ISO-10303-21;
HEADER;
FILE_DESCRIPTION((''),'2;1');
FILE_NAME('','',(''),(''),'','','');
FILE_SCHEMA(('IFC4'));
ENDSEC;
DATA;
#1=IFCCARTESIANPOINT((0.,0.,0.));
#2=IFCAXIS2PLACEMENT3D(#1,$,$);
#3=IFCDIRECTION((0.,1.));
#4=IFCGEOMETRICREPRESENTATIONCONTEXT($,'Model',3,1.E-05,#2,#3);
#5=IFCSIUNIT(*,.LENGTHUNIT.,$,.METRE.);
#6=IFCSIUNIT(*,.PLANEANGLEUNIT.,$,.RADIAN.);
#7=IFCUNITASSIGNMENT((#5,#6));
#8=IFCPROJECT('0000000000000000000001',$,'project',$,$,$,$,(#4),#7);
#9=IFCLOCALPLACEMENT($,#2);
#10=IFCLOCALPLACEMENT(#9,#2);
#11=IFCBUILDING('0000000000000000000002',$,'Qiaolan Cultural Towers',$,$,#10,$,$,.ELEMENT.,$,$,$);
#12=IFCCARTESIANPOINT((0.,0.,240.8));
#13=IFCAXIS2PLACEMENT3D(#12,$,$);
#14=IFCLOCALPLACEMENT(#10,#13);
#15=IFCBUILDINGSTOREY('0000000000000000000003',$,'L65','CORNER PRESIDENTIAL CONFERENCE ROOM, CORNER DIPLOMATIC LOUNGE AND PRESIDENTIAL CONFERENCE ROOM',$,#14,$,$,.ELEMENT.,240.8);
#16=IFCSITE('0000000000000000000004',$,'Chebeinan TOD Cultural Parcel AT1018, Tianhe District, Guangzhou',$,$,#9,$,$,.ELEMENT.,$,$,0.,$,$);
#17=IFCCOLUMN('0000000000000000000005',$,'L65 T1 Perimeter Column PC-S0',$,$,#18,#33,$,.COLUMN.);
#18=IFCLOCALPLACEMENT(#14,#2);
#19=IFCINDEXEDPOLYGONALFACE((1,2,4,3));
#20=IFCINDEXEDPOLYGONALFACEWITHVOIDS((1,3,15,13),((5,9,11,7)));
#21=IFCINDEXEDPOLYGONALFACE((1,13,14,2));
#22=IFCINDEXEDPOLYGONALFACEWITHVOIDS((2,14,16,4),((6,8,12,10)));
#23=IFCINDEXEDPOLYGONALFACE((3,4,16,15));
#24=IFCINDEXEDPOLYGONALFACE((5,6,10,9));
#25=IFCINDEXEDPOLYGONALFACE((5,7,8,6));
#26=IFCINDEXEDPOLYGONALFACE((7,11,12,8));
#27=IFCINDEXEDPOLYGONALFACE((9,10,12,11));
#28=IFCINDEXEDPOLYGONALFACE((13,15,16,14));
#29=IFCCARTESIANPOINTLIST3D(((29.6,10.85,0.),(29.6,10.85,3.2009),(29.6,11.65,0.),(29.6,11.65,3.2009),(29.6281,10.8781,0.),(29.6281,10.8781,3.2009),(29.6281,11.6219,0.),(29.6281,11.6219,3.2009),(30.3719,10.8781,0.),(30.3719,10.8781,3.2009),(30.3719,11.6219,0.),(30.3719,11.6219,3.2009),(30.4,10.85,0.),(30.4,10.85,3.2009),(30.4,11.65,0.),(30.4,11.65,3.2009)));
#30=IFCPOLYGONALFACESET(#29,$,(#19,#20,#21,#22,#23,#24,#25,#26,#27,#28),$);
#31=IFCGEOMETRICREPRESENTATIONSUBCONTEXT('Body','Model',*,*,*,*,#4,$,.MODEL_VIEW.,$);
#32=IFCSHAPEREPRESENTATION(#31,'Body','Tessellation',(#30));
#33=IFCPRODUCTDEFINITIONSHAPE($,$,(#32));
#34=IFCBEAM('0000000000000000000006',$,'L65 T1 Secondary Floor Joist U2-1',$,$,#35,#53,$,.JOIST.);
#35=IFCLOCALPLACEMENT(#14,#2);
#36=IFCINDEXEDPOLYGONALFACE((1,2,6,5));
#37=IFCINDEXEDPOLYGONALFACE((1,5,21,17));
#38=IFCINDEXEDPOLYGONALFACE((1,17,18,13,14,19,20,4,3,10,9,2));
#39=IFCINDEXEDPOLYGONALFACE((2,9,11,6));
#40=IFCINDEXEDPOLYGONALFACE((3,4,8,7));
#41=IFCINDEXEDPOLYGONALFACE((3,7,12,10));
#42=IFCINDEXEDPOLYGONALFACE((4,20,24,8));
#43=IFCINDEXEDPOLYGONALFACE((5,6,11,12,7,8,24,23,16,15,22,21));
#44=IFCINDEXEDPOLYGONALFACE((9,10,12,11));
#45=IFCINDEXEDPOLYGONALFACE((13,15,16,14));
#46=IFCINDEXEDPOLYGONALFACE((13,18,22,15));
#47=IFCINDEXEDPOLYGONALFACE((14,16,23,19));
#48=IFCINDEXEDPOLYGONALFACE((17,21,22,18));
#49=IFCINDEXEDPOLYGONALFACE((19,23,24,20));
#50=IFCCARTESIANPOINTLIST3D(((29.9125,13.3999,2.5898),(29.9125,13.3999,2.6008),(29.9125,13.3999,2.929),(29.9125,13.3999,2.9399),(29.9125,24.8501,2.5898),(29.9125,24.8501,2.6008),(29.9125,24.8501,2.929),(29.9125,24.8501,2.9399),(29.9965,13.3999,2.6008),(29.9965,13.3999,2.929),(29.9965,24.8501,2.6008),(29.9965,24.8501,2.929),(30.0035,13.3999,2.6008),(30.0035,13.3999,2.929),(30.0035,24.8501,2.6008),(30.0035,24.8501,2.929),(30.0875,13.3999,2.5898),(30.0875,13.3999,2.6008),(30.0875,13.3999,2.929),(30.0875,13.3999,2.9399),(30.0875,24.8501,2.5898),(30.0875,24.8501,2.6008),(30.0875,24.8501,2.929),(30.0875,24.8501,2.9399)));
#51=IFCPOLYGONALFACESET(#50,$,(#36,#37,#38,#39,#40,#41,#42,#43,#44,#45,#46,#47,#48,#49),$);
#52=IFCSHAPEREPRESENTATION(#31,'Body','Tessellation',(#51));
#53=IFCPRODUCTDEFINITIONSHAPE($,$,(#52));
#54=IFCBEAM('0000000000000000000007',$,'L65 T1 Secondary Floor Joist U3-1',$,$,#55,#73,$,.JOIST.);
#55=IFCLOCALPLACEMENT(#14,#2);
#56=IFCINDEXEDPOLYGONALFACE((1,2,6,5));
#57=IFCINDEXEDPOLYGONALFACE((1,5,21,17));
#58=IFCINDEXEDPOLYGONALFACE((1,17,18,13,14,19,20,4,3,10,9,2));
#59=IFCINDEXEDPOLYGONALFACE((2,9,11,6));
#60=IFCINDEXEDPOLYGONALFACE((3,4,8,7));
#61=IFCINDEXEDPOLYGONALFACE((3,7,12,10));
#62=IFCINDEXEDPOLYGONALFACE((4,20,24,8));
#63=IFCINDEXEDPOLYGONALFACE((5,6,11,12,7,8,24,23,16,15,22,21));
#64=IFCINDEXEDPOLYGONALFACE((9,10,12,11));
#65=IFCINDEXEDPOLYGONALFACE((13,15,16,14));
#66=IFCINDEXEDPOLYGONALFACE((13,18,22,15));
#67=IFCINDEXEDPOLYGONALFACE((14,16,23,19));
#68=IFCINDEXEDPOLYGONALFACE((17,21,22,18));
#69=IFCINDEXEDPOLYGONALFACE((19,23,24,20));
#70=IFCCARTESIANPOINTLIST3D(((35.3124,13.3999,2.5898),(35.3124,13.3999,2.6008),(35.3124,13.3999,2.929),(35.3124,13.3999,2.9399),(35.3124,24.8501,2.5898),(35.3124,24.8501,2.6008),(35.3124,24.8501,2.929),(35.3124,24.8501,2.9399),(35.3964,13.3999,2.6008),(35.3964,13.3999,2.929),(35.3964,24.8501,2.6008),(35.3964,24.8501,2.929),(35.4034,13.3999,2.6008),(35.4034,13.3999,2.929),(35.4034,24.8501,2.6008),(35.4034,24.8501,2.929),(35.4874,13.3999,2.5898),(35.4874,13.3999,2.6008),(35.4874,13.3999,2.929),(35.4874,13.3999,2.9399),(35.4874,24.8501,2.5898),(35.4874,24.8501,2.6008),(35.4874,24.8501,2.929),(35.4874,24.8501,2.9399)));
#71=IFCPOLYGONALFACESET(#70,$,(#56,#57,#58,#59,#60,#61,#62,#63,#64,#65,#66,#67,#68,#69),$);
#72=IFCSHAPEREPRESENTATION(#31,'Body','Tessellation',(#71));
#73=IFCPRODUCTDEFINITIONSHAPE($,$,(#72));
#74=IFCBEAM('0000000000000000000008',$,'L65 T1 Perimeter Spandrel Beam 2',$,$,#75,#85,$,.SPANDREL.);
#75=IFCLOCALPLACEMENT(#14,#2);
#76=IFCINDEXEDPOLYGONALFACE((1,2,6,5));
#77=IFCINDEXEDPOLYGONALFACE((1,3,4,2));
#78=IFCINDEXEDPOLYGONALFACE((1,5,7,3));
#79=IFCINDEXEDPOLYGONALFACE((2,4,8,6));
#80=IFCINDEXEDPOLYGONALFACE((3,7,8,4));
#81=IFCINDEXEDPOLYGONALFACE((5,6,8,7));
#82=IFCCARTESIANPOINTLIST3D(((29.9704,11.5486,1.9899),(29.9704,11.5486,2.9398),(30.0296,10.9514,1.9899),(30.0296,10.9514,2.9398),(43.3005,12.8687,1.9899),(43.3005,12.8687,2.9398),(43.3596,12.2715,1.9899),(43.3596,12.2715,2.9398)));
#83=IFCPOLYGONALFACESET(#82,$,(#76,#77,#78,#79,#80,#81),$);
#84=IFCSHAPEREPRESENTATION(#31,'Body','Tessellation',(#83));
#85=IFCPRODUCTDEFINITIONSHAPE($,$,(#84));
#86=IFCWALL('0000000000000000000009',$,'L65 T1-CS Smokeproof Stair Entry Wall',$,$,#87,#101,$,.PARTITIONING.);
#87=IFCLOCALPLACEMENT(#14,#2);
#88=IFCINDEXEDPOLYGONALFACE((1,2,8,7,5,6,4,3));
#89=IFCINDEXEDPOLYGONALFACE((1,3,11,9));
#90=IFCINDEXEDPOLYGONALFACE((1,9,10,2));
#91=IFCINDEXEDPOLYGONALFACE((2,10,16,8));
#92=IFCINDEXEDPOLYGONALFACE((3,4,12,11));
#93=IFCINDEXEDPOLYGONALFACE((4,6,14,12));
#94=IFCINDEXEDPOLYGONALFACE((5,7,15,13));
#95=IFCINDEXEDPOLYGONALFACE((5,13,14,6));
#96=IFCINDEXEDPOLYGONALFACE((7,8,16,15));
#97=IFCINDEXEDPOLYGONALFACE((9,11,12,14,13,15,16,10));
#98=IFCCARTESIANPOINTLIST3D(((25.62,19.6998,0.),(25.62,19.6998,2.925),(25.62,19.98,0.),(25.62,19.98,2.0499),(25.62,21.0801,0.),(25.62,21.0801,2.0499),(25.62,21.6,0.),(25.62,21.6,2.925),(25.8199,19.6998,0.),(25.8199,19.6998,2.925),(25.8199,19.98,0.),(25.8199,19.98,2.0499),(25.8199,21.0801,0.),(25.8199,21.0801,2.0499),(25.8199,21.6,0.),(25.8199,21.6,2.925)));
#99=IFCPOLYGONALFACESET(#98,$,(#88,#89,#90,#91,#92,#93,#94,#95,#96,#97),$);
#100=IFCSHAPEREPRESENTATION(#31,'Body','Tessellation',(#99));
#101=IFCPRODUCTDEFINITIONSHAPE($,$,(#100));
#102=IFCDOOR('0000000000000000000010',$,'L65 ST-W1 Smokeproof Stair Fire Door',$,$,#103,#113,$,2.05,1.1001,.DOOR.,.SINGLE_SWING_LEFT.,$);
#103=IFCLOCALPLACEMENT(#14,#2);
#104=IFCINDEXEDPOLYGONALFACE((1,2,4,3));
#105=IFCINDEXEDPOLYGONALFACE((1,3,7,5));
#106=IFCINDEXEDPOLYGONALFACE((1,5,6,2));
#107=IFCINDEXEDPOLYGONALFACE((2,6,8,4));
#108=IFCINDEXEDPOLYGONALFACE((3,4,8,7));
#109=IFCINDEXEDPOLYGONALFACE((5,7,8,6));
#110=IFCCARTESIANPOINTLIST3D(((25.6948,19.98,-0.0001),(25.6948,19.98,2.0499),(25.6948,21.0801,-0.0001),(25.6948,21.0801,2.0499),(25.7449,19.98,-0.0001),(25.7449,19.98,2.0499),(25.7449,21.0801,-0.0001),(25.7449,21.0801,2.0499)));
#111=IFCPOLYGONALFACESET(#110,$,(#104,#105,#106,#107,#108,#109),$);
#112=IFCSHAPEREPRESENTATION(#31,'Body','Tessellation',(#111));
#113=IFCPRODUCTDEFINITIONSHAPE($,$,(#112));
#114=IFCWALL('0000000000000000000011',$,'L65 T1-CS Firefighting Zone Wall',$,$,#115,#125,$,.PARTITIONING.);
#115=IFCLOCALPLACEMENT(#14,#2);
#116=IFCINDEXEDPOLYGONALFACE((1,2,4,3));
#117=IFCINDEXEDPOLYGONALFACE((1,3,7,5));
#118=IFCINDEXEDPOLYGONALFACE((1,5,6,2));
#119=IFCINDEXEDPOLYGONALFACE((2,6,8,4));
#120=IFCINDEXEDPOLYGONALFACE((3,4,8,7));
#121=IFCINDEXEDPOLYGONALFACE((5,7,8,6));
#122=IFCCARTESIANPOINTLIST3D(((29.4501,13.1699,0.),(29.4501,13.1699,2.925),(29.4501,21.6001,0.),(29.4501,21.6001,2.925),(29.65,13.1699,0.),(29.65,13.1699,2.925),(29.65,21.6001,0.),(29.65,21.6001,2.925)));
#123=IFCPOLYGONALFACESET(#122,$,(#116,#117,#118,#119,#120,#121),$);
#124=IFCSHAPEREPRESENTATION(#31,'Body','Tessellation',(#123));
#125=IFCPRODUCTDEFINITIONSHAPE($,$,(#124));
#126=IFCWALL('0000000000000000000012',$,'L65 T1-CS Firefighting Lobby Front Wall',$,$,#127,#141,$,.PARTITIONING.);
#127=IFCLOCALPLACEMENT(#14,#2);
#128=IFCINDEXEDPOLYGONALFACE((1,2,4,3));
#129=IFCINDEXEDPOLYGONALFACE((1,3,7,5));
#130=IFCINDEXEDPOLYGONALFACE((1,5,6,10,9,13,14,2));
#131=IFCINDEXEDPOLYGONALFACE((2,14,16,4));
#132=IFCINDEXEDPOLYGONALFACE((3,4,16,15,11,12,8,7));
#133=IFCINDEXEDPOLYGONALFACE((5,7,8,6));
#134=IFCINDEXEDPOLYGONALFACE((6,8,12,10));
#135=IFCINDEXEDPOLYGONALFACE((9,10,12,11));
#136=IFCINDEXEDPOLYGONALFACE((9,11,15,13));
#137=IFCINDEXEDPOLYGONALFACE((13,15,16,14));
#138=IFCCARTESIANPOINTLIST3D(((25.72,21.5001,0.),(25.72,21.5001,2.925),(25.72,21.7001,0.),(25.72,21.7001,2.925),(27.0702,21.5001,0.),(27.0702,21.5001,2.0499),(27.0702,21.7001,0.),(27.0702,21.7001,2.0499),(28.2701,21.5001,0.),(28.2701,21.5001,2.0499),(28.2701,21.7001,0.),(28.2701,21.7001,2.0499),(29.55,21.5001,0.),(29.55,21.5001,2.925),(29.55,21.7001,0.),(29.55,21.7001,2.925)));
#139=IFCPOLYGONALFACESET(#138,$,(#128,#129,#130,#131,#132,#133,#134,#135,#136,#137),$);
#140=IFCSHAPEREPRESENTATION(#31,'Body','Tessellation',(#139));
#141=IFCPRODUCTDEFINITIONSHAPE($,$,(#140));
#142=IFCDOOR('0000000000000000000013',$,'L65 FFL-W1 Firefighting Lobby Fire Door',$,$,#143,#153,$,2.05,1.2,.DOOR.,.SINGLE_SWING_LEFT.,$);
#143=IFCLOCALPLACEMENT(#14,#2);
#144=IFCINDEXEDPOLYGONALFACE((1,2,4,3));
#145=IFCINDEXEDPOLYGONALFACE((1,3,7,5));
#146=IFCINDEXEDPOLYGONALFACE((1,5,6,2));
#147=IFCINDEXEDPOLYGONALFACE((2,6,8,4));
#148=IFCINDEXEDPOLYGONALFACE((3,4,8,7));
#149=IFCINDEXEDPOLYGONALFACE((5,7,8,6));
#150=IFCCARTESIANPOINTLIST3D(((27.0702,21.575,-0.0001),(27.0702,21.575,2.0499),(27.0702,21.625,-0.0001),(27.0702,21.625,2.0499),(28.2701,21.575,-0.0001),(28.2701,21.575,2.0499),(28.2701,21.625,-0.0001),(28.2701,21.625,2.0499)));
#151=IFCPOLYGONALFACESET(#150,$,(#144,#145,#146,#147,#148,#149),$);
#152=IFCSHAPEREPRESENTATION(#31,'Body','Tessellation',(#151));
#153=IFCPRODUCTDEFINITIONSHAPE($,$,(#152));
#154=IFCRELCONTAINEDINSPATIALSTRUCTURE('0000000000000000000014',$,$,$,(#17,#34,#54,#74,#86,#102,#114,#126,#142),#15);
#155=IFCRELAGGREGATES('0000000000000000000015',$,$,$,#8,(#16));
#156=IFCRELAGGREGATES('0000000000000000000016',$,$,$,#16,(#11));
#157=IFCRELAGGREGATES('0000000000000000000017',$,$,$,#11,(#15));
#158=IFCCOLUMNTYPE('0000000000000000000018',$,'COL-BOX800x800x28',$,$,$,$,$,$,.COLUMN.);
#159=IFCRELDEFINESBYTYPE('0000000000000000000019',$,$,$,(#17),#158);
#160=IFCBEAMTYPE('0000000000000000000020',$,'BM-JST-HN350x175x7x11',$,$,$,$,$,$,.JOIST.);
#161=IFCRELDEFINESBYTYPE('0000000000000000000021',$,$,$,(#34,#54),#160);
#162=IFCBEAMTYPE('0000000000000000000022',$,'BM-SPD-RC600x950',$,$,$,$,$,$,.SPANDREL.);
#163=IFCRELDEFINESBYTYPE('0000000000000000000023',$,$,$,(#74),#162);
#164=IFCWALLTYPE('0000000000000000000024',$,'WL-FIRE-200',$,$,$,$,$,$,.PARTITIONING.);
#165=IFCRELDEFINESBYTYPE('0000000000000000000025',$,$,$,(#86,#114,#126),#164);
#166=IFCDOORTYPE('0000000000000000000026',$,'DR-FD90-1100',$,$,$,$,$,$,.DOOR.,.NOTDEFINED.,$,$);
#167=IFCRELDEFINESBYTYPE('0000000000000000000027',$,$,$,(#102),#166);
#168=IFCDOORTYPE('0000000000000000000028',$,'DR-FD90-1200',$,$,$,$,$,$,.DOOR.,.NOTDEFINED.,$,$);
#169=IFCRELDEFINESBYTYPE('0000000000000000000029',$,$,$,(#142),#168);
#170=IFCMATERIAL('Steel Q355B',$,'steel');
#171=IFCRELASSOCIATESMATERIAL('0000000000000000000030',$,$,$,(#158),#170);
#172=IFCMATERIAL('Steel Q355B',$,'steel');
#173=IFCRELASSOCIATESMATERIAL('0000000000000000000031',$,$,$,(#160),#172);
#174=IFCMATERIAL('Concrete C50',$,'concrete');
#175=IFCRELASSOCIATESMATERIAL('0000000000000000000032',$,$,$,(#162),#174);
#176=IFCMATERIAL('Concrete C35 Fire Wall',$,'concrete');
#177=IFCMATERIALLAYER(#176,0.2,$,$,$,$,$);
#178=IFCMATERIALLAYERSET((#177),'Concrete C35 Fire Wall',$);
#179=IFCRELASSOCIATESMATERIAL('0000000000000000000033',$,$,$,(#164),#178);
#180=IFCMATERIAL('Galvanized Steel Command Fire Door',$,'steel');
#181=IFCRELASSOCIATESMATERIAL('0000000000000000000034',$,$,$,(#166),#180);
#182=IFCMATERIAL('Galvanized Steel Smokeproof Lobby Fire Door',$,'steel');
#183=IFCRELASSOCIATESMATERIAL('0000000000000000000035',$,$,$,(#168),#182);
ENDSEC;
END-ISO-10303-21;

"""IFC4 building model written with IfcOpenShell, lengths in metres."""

from ifc_helpers import new_model, si_unit, direction, frame, frame_2d, origin, origin_2d, place, context, subcontext, project, spatial, rectangle, hollow_rectangle, i_section, extrude, material, layer, layer_set, material_profile, profile_set, type_object, element, fill, save


model = new_model("IFC4")

# Units and contexts
model_context = context("Model", 3, precision=1e-05, world=origin(), true_north=direction((0.0, 1.0)))
body_context = subcontext(model_context, "Body", "Model", "MODEL_VIEW")
ifc_project = project(units=[si_unit("LENGTHUNIT", "METRE"), si_unit("PLANEANGLEUNIT", "RADIAN")], contexts=[model_context])

# Site, building, storey
site_placement = place(None, origin())
site = spatial("IfcSite", under=ifc_project, at=site_placement, Name="Chebeinan TOD Cultural Parcel AT1018, Tianhe District, Guangzhou", CompositionType="ELEMENT", RefElevation=0.0)
building_placement = place(site_placement, origin())
building = spatial("IfcBuilding", under=site, at=building_placement, Name="Qiaolan Cultural Towers", CompositionType="ELEMENT")
storey_placement = place(building_placement, frame((0.0, 0.0, 240.8)))
storey = spatial("IfcBuildingStorey", under=building, at=storey_placement, Name="L65", Description="CORNER PRESIDENTIAL CONFERENCE ROOM, CORNER DIPLOMATIC LOUNGE AND PRESIDENTIAL CONFERENCE ROOM", CompositionType="ELEMENT", Elevation=240.8)

# Column
ifc_material_1 = material(Name="Steel Q355B", Category="steel")
ifc_material_profile_1 = material_profile(ifc_material_1, hollow_rectangle(XDim=0.8, YDim=0.8, WallThickness=0.0281, at=origin_2d()), Name="BOX800x800x28")
ifc_profile_set_1 = profile_set([ifc_material_profile_1], Name="Steel Q355B")
column_type = type_object("IfcColumnType", Name="COL-BOX800x800x28", PredefinedType="COLUMN", material=ifc_profile_set_1)
column_placement = place(storey_placement, frame((30.0, 11.25, 0.0), z_axis=(0.0, 0.0, 1.0), x_axis=(1.0, 0.0, 0.0)))
element("IfcColumn", 1, at=column_placement, inside=storey, type_object=column_type, Name="L65 T1 Perimeter Column PC-S0", PredefinedType="COLUMN", context=body_context, shape_type="SweptSolid", body=[
    extrude(hollow_rectangle(XDim=0.8, YDim=0.8, WallThickness=0.0281, at=origin_2d()), origin(), (0.0, 0.0, 1.0), 3.2009),
])

# Beams
ifc_material_2 = material(Name="Steel Q355B", Category="steel")
ifc_material_profile_2 = material_profile(ifc_material_2, i_section(OverallWidth=0.175, OverallDepth=0.3501, WebThickness=0.0071, FlangeThickness=0.011, at=origin_2d()), Name="HN350x175x7x11")
ifc_profile_set_2 = profile_set([ifc_material_profile_2], Name="Steel Q355B")
beam_type_1 = type_object("IfcBeamType", Name="BM-JST-HN350x175x7x11", PredefinedType="JOIST", material=ifc_profile_set_2)
for number, where, z_axis, x_axis, name in (
    (2, (30.0, 13.3999, 2.7649), (0.0, 1.0, 0.0), (-1.0, 0.0, 0.0), "L65 T1 Secondary Floor Joist U2-1"),
    (3, (35.3999, 13.3999, 2.7649), (0.0, 1.0, 0.0), (-1.0, 0.0, 0.0), "L65 T1 Secondary Floor Joist U3-1"),
):
    element("IfcBeam", number, at=place(storey_placement, frame(where, z_axis=z_axis, x_axis=x_axis)), inside=storey, type_object=beam_type_1, Name=name, PredefinedType="JOIST", context=body_context, shape_type="SweptSolid", body=[
        extrude(i_section(OverallWidth=0.175, OverallDepth=0.3501, WebThickness=0.0071, FlangeThickness=0.011, at=origin_2d()), origin(), (0.0, 0.0, 1.0), 11.4502),
    ])
ifc_material_3 = material(Name="Concrete C50", Category="concrete")
ifc_material_profile_3 = material_profile(ifc_material_3, rectangle(XDim=0.6001, YDim=0.95, at=origin_2d()), Name="RC600x950")
ifc_profile_set_3 = profile_set([ifc_material_profile_3], Name="Concrete C50")
beam_type_2 = type_object("IfcBeamType", Name="BM-SPD-RC600x950", PredefinedType="SPANDREL", material=ifc_profile_set_3)
beam_placement = place(storey_placement, frame((30.0, 11.25, 2.4648), z_axis=(0.995132, 0.098547, 0.0), x_axis=(-0.098547, 0.995132, 0.0)))
element("IfcBeam", 4, at=beam_placement, inside=storey, type_object=beam_type_2, Name="L65 T1 Perimeter Spandrel Beam 2", PredefinedType="SPANDREL", context=body_context, shape_type="SweptSolid", body=[
    extrude(rectangle(XDim=0.6001, YDim=0.95, at=origin_2d()), origin(), (0.0, 0.0, 1.0), 13.3953),
])

# Wall, opening, door
ifc_material_4 = material(Name="Concrete C35 Fire Wall", Category="concrete")
ifc_layer = layer(ifc_material_4, 0.2)
ifc_layer_set = layer_set([ifc_layer], Name="Concrete C35 Fire Wall")
wall_type = type_object("IfcWallType", Name="WL-FIRE-200", PredefinedType="PARTITIONING", material=ifc_layer_set)
wall_1_placement = place(storey_placement, frame((25.72, 21.6001, 0.0), z_axis=(0.0, 0.0, 1.0), x_axis=(0.0, -1.0, 0.0)))
wall_1 = element("IfcWall", 5, at=wall_1_placement, inside=storey, type_object=wall_type, Name="L65 T1-CS Smokeproof Stair Entry Wall", PredefinedType="PARTITIONING", context=body_context, shape_type="SweptSolid", body=[
    extrude(rectangle(XDim=1.9001, YDim=0.2, at=frame_2d((0.9502, 0.0))), origin(), (0.0, 0.0, 1.0), 2.925),
])
opening_1_placement = place(wall_1_placement, frame((0.52, 0.0, 0.0)))
opening_1 = element("IfcOpeningElement", 6, at=opening_1_placement, cuts=wall_1, PredefinedType="OPENING", context=body_context, shape_type="SweptSolid", body=[
    extrude(rectangle(XDim=1.1001, YDim=2.05, at=frame_2d((0.55, 1.0249))), frame((0.0, 0.1099, 0.0), z_axis=(0.0, -1.0, 0.0), x_axis=(1.0, 0.0, 0.0)), (0.0, 0.0, 1.0), 0.22),
])
ifc_material_5 = material(Name="Galvanized Steel Command Fire Door", Category="steel")
door_type_1 = type_object("IfcDoorType", Name="DR-FD90-1100", OperationType="NOTDEFINED", PredefinedType="DOOR", material=ifc_material_5)
door_1_placement = place(opening_1_placement, origin())
door_1 = element("IfcDoor", 7, at=door_1_placement, inside=storey, type_object=door_type_1, Name="L65 ST-W1 Smokeproof Stair Fire Door", OperationType="SINGLE_SWING_LEFT", OverallHeight=2.05, OverallWidth=1.1001, PredefinedType="DOOR", context=body_context, shape_type="SweptSolid", body=[
    extrude(rectangle(XDim=1.1001, YDim=2.05, at=frame_2d((0.55, 1.0249))), frame((0.0, 0.0249, 0.0), z_axis=(0.0, -1.0, 0.0), x_axis=(1.0, 0.0, 0.0)), (0.0, 0.0, 1.0), 0.05),
])
fill(opening_1, door_1)

# Wall
wall_2_placement = place(storey_placement, frame((29.55, 21.6001, 0.0), z_axis=(0.0, 0.0, 1.0), x_axis=(0.0, -1.0, 0.0)))
element("IfcWall", 8, at=wall_2_placement, inside=storey, type_object=wall_type, Name="L65 T1-CS Firefighting Zone Wall", PredefinedType="PARTITIONING", context=body_context, shape_type="SweptSolid", body=[
    extrude(rectangle(XDim=8.4302, YDim=0.2, at=frame_2d((4.2151, 0.0))), origin(), (0.0, 0.0, 1.0), 2.925),
])

# Wall, opening, door
wall_3_placement = place(storey_placement, frame((25.72, 21.6001, 0.0), z_axis=(0.0, 0.0, 1.0), x_axis=(1.0, 0.0, 0.0)))
wall_3 = element("IfcWall", 9, at=wall_3_placement, inside=storey, type_object=wall_type, Name="L65 T1-CS Firefighting Lobby Front Wall", PredefinedType="PARTITIONING", context=body_context, shape_type="SweptSolid", body=[
    extrude(rectangle(XDim=3.8301, YDim=0.2, at=frame_2d((1.915, 0.0))), origin(), (0.0, 0.0, 1.0), 2.925),
])
opening_2_placement = place(wall_3_placement, frame((1.3501, 0.0, 0.0)))
opening_2 = element("IfcOpeningElement", 10, at=opening_2_placement, cuts=wall_3, PredefinedType="OPENING", context=body_context, shape_type="SweptSolid", body=[
    extrude(rectangle(XDim=1.2, YDim=2.05, at=frame_2d((0.6001, 1.0249))), frame((0.0, 0.1099, 0.0), z_axis=(0.0, -1.0, 0.0), x_axis=(1.0, 0.0, 0.0)), (0.0, 0.0, 1.0), 0.22),
])
ifc_material_6 = material(Name="Galvanized Steel Smokeproof Lobby Fire Door", Category="steel")
door_type_2 = type_object("IfcDoorType", Name="DR-FD90-1200", OperationType="NOTDEFINED", PredefinedType="DOOR", material=ifc_material_6)
door_2_placement = place(opening_2_placement, origin())
door_2 = element("IfcDoor", 11, at=door_2_placement, inside=storey, type_object=door_type_2, Name="L65 FFL-W1 Firefighting Lobby Fire Door", OperationType="SINGLE_SWING_LEFT", OverallHeight=2.05, OverallWidth=1.2, PredefinedType="DOOR", context=body_context, shape_type="SweptSolid", body=[
    extrude(rectangle(XDim=1.2, YDim=2.05, at=frame_2d((0.6001, 1.0249))), frame((0.0, 0.0249, 0.0), z_axis=(0.0, -1.0, 0.0), x_axis=(1.0, 0.0, 0.0)), (0.0, 0.0, 1.0), 0.05),
])
fill(opening_2, door_2)

save(model, "model.ifc")
